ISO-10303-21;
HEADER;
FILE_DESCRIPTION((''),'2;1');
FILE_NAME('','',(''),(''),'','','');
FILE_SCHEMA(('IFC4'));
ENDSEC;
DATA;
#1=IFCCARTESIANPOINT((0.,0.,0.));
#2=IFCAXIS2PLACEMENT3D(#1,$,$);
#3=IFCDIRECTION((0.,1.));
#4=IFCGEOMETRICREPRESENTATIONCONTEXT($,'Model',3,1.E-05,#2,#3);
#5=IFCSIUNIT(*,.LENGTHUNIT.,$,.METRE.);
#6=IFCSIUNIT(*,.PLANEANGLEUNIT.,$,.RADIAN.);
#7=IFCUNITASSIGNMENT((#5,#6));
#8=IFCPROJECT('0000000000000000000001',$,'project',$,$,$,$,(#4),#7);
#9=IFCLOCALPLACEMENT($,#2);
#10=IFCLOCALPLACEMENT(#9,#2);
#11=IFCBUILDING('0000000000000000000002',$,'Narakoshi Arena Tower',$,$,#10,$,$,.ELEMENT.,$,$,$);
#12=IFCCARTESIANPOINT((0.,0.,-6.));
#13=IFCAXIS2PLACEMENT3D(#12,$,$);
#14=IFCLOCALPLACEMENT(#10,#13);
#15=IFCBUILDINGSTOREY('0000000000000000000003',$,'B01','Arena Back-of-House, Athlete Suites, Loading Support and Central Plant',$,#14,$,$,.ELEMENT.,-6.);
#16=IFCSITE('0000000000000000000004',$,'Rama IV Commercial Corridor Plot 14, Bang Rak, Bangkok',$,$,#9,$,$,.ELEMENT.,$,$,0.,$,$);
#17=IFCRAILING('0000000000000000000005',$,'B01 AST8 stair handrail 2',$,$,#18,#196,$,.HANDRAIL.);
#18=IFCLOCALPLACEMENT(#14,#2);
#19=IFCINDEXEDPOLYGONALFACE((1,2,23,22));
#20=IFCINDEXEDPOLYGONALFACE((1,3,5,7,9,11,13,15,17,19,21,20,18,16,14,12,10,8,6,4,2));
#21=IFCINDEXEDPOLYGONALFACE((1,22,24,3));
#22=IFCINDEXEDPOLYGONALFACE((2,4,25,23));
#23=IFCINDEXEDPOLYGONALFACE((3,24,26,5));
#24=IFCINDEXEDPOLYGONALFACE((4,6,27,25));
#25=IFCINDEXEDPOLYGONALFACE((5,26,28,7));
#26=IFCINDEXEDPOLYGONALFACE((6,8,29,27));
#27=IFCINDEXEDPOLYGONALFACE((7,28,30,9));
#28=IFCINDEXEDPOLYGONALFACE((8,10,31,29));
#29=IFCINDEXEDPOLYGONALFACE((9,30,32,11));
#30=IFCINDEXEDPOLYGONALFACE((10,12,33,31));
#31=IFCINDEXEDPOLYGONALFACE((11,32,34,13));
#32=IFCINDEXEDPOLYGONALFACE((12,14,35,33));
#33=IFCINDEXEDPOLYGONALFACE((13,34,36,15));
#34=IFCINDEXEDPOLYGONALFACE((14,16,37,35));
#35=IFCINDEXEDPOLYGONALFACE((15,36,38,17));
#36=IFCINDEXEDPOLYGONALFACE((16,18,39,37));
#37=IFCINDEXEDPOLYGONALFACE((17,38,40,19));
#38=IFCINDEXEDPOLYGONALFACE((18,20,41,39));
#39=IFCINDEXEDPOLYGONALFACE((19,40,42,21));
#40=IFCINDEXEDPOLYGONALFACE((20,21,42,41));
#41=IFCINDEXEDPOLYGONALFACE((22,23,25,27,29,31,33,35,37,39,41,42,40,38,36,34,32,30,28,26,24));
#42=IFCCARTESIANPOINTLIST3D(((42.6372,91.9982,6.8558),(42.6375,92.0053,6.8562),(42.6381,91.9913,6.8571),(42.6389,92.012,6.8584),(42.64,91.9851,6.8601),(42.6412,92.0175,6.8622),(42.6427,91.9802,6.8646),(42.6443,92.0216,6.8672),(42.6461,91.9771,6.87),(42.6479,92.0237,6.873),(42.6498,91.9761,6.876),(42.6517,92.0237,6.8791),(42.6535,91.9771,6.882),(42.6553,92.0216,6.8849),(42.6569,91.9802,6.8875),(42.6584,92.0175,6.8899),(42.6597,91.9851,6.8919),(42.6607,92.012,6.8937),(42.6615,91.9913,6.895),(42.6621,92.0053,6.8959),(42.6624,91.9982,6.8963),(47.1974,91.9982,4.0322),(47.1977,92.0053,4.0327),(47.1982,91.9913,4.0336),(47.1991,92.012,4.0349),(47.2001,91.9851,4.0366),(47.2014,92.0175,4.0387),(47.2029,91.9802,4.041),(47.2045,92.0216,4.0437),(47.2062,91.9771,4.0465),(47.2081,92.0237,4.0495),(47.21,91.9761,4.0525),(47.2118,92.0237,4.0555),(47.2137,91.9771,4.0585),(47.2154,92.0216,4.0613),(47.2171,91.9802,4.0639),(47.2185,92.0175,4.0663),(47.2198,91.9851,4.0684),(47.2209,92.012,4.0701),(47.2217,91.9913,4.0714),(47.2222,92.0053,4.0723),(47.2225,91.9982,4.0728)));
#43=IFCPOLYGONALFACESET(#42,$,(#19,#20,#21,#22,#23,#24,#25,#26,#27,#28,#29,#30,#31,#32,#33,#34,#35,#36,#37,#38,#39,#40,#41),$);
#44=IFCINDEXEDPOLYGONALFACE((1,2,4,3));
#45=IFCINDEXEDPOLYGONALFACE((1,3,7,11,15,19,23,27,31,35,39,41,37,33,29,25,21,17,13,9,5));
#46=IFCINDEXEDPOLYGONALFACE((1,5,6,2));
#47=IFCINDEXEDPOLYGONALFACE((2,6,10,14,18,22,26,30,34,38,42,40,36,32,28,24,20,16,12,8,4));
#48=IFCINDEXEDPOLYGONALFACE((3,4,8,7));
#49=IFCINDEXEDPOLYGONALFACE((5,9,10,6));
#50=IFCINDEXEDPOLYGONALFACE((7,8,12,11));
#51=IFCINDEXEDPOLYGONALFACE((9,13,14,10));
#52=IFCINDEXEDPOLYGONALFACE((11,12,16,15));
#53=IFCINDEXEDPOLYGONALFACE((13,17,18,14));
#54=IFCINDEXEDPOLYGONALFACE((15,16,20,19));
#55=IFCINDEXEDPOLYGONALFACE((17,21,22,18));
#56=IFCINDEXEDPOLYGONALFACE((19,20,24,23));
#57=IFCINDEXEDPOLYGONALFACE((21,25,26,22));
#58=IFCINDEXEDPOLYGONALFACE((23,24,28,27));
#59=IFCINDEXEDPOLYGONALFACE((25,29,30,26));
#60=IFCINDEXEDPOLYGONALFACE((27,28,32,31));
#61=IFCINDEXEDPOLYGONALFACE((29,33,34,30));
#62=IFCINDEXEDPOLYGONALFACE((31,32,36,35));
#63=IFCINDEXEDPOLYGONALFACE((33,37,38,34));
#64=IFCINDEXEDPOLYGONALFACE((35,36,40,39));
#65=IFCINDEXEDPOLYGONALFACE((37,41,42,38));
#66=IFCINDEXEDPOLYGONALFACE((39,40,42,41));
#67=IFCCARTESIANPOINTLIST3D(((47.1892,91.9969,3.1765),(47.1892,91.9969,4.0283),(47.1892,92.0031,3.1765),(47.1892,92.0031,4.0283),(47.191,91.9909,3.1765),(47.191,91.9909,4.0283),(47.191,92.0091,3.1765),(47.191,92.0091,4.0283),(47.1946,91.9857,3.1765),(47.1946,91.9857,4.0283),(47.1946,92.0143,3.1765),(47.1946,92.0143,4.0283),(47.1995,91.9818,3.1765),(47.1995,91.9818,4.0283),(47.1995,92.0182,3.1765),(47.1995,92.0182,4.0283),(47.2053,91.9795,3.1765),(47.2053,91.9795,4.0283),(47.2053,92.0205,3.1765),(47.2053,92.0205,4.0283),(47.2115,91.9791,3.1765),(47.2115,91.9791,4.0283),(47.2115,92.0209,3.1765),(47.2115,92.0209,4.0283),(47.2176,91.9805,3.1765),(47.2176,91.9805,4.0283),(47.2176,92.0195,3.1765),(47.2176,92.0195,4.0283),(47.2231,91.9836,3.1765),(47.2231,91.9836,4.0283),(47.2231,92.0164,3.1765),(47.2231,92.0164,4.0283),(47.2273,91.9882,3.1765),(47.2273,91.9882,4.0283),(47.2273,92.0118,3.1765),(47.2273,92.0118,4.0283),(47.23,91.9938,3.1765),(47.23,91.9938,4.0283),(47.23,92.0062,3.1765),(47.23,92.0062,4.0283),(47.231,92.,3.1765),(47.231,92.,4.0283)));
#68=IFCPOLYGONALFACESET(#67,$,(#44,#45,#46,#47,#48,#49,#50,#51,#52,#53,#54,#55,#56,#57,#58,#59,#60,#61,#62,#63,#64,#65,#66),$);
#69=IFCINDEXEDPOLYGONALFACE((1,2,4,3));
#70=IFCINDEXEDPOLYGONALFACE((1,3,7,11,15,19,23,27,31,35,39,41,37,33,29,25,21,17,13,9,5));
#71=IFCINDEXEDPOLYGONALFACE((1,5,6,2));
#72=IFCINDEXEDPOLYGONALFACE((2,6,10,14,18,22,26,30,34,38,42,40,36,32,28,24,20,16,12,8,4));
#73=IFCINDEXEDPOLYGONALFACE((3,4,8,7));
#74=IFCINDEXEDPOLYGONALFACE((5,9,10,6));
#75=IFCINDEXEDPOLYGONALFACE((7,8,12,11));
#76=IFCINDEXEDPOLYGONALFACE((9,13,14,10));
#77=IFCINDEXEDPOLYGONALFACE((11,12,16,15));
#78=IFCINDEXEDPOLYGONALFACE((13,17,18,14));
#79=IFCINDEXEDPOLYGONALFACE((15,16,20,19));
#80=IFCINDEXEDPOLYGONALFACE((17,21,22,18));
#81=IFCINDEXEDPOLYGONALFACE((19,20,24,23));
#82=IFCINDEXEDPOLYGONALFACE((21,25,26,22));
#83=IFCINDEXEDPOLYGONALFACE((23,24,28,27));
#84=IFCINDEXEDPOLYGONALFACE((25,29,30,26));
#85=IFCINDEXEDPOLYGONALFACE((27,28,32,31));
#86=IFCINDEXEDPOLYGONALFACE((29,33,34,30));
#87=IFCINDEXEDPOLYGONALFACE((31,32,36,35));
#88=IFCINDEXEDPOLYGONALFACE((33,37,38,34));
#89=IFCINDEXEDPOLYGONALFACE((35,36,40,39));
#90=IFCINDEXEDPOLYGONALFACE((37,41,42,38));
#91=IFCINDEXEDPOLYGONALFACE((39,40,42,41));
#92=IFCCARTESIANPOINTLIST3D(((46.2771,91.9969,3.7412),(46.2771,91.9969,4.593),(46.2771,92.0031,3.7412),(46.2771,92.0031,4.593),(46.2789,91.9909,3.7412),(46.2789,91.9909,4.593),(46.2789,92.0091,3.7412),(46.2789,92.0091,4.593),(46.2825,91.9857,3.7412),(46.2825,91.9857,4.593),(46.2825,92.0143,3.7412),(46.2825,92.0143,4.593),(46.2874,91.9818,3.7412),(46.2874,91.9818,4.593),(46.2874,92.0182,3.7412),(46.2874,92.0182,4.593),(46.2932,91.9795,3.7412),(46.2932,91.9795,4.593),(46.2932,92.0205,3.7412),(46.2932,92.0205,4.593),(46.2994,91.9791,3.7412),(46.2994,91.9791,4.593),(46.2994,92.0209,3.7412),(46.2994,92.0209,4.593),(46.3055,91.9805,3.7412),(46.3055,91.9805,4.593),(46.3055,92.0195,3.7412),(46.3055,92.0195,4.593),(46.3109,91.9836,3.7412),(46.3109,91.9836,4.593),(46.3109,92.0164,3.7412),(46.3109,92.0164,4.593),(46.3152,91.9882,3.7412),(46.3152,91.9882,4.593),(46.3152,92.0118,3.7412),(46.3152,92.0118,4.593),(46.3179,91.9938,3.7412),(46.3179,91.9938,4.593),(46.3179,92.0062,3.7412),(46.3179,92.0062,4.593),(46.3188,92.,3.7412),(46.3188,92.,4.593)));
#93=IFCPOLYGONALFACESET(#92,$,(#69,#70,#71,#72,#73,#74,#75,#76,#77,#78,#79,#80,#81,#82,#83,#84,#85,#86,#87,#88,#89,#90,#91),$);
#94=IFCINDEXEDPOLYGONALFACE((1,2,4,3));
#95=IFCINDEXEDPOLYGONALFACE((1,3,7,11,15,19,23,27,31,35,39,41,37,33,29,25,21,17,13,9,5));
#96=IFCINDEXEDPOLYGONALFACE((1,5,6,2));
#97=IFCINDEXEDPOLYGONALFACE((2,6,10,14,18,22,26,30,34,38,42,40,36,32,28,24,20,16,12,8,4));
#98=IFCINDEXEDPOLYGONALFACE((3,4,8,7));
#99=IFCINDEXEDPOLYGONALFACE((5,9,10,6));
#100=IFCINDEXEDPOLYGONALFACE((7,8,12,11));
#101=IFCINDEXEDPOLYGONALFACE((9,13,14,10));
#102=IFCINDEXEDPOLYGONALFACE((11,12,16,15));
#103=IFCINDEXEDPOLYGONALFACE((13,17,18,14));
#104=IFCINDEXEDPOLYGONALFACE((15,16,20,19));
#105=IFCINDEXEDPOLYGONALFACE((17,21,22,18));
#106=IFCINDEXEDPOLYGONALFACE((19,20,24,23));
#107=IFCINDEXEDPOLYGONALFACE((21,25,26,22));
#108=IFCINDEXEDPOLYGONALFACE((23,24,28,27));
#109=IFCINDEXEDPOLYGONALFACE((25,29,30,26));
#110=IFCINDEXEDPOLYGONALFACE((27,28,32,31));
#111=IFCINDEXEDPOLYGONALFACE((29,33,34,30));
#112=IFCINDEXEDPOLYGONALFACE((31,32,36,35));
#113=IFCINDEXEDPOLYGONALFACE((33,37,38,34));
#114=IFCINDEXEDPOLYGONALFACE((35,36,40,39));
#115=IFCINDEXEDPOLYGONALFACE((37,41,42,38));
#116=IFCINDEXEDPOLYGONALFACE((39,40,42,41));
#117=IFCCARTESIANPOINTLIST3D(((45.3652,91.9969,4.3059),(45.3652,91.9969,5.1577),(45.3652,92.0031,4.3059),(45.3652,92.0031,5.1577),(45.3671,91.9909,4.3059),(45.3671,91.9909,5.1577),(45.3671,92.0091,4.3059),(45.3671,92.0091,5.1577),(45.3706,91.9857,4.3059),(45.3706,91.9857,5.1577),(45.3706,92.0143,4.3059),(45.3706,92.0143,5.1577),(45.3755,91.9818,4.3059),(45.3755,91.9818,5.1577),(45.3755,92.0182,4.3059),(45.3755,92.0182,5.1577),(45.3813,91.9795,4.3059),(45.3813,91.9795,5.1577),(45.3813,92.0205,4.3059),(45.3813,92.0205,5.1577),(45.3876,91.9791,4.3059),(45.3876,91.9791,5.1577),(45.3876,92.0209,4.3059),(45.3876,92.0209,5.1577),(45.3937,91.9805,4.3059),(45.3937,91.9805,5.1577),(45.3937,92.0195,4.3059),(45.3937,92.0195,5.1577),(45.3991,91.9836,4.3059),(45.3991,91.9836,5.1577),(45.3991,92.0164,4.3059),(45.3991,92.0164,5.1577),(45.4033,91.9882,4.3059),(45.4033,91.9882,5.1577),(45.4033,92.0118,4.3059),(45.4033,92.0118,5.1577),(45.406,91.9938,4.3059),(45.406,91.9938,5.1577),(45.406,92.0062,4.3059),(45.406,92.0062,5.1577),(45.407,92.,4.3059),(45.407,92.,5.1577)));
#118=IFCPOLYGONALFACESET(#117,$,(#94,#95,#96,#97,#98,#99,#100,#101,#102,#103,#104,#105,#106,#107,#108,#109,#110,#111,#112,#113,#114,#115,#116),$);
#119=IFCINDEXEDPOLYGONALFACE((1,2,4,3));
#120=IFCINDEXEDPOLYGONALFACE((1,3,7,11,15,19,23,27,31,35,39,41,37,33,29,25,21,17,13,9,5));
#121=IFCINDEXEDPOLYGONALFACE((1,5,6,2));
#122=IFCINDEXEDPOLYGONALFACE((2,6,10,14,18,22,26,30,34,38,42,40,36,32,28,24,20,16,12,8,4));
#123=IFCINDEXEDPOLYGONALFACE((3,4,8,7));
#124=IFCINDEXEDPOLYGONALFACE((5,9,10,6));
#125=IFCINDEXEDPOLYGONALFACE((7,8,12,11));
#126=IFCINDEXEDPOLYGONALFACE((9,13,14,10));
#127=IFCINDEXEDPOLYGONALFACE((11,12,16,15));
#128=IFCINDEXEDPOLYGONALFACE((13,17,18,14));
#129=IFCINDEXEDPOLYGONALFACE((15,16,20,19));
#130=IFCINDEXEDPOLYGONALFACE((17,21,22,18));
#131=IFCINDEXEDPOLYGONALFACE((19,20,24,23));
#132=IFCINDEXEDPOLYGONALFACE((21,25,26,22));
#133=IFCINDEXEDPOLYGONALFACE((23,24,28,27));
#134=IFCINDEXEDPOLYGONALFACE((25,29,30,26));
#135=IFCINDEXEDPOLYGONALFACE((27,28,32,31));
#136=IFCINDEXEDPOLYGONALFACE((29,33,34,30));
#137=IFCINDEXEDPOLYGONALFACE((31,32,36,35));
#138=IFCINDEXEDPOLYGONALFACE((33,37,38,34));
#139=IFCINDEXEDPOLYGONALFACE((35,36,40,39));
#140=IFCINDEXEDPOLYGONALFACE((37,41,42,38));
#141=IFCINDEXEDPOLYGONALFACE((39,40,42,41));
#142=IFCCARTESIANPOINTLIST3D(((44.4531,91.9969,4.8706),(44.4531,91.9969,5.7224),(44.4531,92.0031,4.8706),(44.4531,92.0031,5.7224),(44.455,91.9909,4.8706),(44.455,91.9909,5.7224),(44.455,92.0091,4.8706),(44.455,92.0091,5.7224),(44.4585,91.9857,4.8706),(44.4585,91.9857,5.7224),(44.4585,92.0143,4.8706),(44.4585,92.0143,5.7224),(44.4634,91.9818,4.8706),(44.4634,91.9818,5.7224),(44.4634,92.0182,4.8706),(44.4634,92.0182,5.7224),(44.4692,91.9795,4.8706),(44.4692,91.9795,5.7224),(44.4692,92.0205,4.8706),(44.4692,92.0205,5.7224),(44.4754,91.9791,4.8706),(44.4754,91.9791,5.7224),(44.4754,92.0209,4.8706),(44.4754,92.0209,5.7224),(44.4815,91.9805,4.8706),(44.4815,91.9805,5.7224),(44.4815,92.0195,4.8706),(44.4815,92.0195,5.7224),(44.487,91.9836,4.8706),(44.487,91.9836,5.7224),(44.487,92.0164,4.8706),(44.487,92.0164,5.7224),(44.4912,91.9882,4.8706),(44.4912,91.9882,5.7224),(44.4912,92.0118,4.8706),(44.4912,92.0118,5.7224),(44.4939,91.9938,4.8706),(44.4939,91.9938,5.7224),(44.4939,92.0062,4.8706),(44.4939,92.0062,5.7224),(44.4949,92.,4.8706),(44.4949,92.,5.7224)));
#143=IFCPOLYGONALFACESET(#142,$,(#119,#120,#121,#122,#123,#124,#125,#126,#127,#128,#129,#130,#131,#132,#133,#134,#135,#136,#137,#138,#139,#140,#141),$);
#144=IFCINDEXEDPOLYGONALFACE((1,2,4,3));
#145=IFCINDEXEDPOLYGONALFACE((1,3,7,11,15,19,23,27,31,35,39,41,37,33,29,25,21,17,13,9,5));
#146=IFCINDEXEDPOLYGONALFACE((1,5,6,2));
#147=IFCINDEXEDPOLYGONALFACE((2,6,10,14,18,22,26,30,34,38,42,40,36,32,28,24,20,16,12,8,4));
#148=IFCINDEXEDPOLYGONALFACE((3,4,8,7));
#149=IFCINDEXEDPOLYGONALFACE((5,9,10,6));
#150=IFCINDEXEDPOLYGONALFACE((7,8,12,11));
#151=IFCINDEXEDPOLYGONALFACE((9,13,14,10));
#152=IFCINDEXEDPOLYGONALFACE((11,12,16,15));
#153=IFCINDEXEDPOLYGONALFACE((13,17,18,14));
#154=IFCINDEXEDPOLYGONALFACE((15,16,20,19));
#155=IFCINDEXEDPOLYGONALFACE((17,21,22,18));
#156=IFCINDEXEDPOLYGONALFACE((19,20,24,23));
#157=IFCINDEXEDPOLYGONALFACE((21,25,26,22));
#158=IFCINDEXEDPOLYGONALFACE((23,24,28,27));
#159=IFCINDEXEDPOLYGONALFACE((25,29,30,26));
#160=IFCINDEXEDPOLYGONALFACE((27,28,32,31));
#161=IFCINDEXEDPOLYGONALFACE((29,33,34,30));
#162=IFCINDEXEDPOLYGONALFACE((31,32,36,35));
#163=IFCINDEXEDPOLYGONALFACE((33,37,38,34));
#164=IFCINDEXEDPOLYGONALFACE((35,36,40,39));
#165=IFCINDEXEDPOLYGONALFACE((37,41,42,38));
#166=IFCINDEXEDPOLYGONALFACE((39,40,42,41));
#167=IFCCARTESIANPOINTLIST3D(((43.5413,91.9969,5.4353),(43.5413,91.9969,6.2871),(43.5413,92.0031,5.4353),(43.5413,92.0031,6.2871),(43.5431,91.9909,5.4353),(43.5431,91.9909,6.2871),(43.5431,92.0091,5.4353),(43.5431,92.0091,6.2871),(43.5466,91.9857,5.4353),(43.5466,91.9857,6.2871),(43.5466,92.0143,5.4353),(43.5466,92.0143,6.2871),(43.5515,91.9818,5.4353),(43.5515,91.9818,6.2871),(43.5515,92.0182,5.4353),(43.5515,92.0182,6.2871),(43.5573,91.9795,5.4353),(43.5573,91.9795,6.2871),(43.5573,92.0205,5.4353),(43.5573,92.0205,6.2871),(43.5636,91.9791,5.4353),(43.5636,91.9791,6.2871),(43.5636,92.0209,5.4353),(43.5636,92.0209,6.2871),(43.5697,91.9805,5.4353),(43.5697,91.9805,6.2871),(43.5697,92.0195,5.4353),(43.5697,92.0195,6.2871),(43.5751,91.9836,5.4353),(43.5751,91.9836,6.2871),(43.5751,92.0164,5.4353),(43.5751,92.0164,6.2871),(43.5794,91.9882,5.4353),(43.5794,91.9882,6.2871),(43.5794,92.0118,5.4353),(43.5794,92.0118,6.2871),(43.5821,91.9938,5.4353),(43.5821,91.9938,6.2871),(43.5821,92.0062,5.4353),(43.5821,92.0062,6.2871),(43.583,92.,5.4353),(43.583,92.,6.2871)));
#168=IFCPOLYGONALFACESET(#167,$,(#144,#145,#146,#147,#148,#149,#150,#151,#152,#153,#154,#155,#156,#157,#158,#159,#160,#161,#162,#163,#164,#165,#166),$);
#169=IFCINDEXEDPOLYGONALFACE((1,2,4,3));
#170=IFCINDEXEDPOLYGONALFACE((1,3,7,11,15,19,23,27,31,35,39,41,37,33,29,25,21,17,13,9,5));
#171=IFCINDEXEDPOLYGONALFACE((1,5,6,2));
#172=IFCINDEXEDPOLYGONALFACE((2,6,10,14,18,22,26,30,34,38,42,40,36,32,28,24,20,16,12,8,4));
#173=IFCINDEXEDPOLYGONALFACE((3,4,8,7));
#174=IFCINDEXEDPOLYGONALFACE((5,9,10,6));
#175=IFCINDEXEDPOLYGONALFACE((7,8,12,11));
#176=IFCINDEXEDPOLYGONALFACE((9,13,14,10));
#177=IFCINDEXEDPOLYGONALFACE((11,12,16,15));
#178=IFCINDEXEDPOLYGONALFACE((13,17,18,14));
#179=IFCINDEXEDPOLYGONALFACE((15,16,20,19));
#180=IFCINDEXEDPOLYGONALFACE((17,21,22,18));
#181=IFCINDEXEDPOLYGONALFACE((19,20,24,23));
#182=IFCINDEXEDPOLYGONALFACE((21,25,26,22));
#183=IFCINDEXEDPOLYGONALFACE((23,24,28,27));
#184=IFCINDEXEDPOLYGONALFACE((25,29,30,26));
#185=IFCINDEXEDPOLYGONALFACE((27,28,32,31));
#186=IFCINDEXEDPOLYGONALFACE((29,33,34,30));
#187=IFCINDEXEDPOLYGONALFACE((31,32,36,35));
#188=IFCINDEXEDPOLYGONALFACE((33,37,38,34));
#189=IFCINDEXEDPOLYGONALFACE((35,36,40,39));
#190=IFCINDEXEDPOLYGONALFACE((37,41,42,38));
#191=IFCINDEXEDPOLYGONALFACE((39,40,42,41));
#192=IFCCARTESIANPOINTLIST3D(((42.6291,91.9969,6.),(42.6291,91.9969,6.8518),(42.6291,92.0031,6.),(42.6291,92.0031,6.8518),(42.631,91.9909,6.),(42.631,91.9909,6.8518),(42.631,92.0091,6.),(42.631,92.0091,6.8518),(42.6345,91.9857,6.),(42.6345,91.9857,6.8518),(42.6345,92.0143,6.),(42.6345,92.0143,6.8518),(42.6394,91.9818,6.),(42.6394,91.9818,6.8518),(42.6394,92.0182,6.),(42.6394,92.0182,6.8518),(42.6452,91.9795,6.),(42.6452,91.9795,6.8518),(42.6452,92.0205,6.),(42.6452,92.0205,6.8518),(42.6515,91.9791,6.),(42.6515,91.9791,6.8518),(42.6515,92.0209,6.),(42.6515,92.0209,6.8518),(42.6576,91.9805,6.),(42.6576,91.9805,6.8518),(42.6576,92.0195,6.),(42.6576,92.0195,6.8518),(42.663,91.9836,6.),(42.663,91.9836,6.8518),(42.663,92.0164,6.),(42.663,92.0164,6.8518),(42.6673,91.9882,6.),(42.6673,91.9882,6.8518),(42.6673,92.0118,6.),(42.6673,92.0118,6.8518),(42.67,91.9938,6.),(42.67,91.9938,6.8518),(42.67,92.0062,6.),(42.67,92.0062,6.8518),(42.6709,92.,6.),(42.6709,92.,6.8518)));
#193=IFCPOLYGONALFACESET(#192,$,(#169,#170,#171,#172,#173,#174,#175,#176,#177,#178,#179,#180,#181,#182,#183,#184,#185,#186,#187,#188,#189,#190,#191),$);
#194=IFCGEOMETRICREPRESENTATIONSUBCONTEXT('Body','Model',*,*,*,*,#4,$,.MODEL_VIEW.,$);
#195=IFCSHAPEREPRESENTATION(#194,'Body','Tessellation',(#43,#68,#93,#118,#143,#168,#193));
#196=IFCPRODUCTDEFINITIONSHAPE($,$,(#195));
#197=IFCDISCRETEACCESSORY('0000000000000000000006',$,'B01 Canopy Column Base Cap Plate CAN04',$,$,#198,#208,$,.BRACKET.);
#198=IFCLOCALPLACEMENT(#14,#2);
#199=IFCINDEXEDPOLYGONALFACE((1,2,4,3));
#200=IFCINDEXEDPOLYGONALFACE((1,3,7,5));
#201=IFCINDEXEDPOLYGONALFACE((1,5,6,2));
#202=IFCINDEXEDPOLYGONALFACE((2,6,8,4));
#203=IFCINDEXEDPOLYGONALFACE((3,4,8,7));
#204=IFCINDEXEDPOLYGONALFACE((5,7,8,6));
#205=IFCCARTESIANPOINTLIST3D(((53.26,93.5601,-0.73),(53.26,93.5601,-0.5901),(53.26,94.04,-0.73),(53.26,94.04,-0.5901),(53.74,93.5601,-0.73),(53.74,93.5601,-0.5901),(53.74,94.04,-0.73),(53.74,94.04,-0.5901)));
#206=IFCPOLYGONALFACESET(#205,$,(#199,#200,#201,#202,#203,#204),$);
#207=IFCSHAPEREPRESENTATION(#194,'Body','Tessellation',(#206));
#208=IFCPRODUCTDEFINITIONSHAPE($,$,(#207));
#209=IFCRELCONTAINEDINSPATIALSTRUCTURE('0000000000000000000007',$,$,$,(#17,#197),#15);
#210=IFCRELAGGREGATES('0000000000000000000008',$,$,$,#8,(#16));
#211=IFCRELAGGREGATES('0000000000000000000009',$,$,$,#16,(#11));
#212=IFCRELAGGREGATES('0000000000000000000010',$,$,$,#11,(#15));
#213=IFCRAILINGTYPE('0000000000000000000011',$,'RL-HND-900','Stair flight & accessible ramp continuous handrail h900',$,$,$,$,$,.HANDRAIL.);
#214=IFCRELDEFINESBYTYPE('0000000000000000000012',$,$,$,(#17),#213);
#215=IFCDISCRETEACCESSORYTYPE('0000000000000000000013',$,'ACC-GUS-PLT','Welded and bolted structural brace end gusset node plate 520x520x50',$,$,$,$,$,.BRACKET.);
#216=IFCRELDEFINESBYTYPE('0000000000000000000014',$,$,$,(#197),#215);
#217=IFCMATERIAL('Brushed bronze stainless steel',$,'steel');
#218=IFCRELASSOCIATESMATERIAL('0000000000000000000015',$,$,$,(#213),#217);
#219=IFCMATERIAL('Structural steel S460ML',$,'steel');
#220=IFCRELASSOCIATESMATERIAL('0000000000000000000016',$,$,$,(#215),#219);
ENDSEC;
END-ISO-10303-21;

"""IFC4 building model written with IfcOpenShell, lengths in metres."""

from ifc_helpers import new_model, si_unit, direction, frame, origin, origin_2d, place, context, subcontext, project, spatial, rectangle, circle, extrude, material, type_object, element, save


model = new_model("IFC4")

# Units and contexts
model_context = context("Model", 3, precision=1e-05, world=origin(), true_north=direction((0.0, 1.0)))
body_context = subcontext(model_context, "Body", "Model", "MODEL_VIEW")
ifc_project = project(units=[si_unit("LENGTHUNIT", "METRE"), si_unit("PLANEANGLEUNIT", "RADIAN")], contexts=[model_context])

# Site, building, storey
site_placement = place(None, origin())
site = spatial("IfcSite", under=ifc_project, at=site_placement, Name="Rama IV Commercial Corridor Plot 14, Bang Rak, Bangkok", CompositionType="ELEMENT", RefElevation=0.0)
building_placement = place(site_placement, origin())
building = spatial("IfcBuilding", under=site, at=building_placement, Name="Narakoshi Arena Tower", CompositionType="ELEMENT")
storey_placement = place(building_placement, frame((0.0, 0.0, -6.0)))
storey = spatial("IfcBuildingStorey", under=building, at=storey_placement, Name="B01", Description="Arena Back-of-House, Athlete Suites, Loading Support and Central Plant", CompositionType="ELEMENT", Elevation=-6.0)

# Railing
ifc_material_1 = material(Name="Brushed bronze stainless steel", Category="steel")
railing_type_1 = type_object("IfcRailingType", Name="RL-HND-900", Description="Stair flight & accessible ramp continuous handrail h900", PredefinedType="HANDRAIL", material=ifc_material_1)
railing_1_placement = place(storey_placement, frame((47.21, 92.0, 3.1765)))
element("IfcRailing", 1, at=railing_1_placement, inside=storey, type_object=railing_type_1, Name="B01 AST8 stair handrail 2", PredefinedType="HANDRAIL", context=body_context, shape_type="SweptSolid", body=[
    extrude(circle(Radius=0.0239, at=origin_2d()), frame((0.0, 0.0, 0.876), z_axis=(-0.850216, 0.0, 0.526435), x_axis=(0.0, -1.0, 0.0)), (0.0, 0.0, 1.0), 5.3635),
    extrude(circle(Radius=0.021, at=origin_2d()), origin(), (0.0, 0.0, 1.0), 0.8518),
    extrude(circle(Radius=0.021, at=origin_2d()), frame((-0.9121, 0.0, 0.5647)), (0.0, 0.0, 1.0), 0.8518),
    extrude(circle(Radius=0.021, at=origin_2d()), frame((-1.824, 0.0, 1.1294)), (0.0, 0.0, 1.0), 0.8518),
    extrude(circle(Radius=0.021, at=origin_2d()), frame((-2.7361, 0.0, 1.6941)), (0.0, 0.0, 1.0), 0.8518),
    extrude(circle(Radius=0.021, at=origin_2d()), frame((-3.6479, 0.0, 2.2588)), (0.0, 0.0, 1.0), 0.8518),
    extrude(circle(Radius=0.021, at=origin_2d()), frame((-4.5601, 0.0, 2.8235)), (0.0, 0.0, 1.0), 0.8518),
])

# Discrete accessory
ifc_material_2 = material(Name="Structural steel S460ML", Category="steel")
discrete_accessory_type = type_object("IfcDiscreteAccessoryType", Name="ACC-GUS-PLT", Description="Welded and bolted structural brace end gusset node plate 520x520x50", PredefinedType="BRACKET", material=ifc_material_2)
for number, where, z_axis, x_axis, name in (
    (2, (53.5, 93.8, -0.73), (0.0, 0.0, 1.0), (1.0, 0.0, 0.0), "B01 Canopy Column Base Cap Plate CAN04"),
):
    element("IfcDiscreteAccessory", number, at=place(storey_placement, frame(where, z_axis=z_axis, x_axis=x_axis)), inside=storey, type_object=discrete_accessory_type, Name=name, PredefinedType="BRACKET", context=body_context, shape_type="SweptSolid", body=[
        extrude(rectangle(XDim=0.48, YDim=0.48, at=origin_2d()), origin(), (0.0, 0.0, 1.0), 0.1399),
    ])

save(model, "model.ifc")
